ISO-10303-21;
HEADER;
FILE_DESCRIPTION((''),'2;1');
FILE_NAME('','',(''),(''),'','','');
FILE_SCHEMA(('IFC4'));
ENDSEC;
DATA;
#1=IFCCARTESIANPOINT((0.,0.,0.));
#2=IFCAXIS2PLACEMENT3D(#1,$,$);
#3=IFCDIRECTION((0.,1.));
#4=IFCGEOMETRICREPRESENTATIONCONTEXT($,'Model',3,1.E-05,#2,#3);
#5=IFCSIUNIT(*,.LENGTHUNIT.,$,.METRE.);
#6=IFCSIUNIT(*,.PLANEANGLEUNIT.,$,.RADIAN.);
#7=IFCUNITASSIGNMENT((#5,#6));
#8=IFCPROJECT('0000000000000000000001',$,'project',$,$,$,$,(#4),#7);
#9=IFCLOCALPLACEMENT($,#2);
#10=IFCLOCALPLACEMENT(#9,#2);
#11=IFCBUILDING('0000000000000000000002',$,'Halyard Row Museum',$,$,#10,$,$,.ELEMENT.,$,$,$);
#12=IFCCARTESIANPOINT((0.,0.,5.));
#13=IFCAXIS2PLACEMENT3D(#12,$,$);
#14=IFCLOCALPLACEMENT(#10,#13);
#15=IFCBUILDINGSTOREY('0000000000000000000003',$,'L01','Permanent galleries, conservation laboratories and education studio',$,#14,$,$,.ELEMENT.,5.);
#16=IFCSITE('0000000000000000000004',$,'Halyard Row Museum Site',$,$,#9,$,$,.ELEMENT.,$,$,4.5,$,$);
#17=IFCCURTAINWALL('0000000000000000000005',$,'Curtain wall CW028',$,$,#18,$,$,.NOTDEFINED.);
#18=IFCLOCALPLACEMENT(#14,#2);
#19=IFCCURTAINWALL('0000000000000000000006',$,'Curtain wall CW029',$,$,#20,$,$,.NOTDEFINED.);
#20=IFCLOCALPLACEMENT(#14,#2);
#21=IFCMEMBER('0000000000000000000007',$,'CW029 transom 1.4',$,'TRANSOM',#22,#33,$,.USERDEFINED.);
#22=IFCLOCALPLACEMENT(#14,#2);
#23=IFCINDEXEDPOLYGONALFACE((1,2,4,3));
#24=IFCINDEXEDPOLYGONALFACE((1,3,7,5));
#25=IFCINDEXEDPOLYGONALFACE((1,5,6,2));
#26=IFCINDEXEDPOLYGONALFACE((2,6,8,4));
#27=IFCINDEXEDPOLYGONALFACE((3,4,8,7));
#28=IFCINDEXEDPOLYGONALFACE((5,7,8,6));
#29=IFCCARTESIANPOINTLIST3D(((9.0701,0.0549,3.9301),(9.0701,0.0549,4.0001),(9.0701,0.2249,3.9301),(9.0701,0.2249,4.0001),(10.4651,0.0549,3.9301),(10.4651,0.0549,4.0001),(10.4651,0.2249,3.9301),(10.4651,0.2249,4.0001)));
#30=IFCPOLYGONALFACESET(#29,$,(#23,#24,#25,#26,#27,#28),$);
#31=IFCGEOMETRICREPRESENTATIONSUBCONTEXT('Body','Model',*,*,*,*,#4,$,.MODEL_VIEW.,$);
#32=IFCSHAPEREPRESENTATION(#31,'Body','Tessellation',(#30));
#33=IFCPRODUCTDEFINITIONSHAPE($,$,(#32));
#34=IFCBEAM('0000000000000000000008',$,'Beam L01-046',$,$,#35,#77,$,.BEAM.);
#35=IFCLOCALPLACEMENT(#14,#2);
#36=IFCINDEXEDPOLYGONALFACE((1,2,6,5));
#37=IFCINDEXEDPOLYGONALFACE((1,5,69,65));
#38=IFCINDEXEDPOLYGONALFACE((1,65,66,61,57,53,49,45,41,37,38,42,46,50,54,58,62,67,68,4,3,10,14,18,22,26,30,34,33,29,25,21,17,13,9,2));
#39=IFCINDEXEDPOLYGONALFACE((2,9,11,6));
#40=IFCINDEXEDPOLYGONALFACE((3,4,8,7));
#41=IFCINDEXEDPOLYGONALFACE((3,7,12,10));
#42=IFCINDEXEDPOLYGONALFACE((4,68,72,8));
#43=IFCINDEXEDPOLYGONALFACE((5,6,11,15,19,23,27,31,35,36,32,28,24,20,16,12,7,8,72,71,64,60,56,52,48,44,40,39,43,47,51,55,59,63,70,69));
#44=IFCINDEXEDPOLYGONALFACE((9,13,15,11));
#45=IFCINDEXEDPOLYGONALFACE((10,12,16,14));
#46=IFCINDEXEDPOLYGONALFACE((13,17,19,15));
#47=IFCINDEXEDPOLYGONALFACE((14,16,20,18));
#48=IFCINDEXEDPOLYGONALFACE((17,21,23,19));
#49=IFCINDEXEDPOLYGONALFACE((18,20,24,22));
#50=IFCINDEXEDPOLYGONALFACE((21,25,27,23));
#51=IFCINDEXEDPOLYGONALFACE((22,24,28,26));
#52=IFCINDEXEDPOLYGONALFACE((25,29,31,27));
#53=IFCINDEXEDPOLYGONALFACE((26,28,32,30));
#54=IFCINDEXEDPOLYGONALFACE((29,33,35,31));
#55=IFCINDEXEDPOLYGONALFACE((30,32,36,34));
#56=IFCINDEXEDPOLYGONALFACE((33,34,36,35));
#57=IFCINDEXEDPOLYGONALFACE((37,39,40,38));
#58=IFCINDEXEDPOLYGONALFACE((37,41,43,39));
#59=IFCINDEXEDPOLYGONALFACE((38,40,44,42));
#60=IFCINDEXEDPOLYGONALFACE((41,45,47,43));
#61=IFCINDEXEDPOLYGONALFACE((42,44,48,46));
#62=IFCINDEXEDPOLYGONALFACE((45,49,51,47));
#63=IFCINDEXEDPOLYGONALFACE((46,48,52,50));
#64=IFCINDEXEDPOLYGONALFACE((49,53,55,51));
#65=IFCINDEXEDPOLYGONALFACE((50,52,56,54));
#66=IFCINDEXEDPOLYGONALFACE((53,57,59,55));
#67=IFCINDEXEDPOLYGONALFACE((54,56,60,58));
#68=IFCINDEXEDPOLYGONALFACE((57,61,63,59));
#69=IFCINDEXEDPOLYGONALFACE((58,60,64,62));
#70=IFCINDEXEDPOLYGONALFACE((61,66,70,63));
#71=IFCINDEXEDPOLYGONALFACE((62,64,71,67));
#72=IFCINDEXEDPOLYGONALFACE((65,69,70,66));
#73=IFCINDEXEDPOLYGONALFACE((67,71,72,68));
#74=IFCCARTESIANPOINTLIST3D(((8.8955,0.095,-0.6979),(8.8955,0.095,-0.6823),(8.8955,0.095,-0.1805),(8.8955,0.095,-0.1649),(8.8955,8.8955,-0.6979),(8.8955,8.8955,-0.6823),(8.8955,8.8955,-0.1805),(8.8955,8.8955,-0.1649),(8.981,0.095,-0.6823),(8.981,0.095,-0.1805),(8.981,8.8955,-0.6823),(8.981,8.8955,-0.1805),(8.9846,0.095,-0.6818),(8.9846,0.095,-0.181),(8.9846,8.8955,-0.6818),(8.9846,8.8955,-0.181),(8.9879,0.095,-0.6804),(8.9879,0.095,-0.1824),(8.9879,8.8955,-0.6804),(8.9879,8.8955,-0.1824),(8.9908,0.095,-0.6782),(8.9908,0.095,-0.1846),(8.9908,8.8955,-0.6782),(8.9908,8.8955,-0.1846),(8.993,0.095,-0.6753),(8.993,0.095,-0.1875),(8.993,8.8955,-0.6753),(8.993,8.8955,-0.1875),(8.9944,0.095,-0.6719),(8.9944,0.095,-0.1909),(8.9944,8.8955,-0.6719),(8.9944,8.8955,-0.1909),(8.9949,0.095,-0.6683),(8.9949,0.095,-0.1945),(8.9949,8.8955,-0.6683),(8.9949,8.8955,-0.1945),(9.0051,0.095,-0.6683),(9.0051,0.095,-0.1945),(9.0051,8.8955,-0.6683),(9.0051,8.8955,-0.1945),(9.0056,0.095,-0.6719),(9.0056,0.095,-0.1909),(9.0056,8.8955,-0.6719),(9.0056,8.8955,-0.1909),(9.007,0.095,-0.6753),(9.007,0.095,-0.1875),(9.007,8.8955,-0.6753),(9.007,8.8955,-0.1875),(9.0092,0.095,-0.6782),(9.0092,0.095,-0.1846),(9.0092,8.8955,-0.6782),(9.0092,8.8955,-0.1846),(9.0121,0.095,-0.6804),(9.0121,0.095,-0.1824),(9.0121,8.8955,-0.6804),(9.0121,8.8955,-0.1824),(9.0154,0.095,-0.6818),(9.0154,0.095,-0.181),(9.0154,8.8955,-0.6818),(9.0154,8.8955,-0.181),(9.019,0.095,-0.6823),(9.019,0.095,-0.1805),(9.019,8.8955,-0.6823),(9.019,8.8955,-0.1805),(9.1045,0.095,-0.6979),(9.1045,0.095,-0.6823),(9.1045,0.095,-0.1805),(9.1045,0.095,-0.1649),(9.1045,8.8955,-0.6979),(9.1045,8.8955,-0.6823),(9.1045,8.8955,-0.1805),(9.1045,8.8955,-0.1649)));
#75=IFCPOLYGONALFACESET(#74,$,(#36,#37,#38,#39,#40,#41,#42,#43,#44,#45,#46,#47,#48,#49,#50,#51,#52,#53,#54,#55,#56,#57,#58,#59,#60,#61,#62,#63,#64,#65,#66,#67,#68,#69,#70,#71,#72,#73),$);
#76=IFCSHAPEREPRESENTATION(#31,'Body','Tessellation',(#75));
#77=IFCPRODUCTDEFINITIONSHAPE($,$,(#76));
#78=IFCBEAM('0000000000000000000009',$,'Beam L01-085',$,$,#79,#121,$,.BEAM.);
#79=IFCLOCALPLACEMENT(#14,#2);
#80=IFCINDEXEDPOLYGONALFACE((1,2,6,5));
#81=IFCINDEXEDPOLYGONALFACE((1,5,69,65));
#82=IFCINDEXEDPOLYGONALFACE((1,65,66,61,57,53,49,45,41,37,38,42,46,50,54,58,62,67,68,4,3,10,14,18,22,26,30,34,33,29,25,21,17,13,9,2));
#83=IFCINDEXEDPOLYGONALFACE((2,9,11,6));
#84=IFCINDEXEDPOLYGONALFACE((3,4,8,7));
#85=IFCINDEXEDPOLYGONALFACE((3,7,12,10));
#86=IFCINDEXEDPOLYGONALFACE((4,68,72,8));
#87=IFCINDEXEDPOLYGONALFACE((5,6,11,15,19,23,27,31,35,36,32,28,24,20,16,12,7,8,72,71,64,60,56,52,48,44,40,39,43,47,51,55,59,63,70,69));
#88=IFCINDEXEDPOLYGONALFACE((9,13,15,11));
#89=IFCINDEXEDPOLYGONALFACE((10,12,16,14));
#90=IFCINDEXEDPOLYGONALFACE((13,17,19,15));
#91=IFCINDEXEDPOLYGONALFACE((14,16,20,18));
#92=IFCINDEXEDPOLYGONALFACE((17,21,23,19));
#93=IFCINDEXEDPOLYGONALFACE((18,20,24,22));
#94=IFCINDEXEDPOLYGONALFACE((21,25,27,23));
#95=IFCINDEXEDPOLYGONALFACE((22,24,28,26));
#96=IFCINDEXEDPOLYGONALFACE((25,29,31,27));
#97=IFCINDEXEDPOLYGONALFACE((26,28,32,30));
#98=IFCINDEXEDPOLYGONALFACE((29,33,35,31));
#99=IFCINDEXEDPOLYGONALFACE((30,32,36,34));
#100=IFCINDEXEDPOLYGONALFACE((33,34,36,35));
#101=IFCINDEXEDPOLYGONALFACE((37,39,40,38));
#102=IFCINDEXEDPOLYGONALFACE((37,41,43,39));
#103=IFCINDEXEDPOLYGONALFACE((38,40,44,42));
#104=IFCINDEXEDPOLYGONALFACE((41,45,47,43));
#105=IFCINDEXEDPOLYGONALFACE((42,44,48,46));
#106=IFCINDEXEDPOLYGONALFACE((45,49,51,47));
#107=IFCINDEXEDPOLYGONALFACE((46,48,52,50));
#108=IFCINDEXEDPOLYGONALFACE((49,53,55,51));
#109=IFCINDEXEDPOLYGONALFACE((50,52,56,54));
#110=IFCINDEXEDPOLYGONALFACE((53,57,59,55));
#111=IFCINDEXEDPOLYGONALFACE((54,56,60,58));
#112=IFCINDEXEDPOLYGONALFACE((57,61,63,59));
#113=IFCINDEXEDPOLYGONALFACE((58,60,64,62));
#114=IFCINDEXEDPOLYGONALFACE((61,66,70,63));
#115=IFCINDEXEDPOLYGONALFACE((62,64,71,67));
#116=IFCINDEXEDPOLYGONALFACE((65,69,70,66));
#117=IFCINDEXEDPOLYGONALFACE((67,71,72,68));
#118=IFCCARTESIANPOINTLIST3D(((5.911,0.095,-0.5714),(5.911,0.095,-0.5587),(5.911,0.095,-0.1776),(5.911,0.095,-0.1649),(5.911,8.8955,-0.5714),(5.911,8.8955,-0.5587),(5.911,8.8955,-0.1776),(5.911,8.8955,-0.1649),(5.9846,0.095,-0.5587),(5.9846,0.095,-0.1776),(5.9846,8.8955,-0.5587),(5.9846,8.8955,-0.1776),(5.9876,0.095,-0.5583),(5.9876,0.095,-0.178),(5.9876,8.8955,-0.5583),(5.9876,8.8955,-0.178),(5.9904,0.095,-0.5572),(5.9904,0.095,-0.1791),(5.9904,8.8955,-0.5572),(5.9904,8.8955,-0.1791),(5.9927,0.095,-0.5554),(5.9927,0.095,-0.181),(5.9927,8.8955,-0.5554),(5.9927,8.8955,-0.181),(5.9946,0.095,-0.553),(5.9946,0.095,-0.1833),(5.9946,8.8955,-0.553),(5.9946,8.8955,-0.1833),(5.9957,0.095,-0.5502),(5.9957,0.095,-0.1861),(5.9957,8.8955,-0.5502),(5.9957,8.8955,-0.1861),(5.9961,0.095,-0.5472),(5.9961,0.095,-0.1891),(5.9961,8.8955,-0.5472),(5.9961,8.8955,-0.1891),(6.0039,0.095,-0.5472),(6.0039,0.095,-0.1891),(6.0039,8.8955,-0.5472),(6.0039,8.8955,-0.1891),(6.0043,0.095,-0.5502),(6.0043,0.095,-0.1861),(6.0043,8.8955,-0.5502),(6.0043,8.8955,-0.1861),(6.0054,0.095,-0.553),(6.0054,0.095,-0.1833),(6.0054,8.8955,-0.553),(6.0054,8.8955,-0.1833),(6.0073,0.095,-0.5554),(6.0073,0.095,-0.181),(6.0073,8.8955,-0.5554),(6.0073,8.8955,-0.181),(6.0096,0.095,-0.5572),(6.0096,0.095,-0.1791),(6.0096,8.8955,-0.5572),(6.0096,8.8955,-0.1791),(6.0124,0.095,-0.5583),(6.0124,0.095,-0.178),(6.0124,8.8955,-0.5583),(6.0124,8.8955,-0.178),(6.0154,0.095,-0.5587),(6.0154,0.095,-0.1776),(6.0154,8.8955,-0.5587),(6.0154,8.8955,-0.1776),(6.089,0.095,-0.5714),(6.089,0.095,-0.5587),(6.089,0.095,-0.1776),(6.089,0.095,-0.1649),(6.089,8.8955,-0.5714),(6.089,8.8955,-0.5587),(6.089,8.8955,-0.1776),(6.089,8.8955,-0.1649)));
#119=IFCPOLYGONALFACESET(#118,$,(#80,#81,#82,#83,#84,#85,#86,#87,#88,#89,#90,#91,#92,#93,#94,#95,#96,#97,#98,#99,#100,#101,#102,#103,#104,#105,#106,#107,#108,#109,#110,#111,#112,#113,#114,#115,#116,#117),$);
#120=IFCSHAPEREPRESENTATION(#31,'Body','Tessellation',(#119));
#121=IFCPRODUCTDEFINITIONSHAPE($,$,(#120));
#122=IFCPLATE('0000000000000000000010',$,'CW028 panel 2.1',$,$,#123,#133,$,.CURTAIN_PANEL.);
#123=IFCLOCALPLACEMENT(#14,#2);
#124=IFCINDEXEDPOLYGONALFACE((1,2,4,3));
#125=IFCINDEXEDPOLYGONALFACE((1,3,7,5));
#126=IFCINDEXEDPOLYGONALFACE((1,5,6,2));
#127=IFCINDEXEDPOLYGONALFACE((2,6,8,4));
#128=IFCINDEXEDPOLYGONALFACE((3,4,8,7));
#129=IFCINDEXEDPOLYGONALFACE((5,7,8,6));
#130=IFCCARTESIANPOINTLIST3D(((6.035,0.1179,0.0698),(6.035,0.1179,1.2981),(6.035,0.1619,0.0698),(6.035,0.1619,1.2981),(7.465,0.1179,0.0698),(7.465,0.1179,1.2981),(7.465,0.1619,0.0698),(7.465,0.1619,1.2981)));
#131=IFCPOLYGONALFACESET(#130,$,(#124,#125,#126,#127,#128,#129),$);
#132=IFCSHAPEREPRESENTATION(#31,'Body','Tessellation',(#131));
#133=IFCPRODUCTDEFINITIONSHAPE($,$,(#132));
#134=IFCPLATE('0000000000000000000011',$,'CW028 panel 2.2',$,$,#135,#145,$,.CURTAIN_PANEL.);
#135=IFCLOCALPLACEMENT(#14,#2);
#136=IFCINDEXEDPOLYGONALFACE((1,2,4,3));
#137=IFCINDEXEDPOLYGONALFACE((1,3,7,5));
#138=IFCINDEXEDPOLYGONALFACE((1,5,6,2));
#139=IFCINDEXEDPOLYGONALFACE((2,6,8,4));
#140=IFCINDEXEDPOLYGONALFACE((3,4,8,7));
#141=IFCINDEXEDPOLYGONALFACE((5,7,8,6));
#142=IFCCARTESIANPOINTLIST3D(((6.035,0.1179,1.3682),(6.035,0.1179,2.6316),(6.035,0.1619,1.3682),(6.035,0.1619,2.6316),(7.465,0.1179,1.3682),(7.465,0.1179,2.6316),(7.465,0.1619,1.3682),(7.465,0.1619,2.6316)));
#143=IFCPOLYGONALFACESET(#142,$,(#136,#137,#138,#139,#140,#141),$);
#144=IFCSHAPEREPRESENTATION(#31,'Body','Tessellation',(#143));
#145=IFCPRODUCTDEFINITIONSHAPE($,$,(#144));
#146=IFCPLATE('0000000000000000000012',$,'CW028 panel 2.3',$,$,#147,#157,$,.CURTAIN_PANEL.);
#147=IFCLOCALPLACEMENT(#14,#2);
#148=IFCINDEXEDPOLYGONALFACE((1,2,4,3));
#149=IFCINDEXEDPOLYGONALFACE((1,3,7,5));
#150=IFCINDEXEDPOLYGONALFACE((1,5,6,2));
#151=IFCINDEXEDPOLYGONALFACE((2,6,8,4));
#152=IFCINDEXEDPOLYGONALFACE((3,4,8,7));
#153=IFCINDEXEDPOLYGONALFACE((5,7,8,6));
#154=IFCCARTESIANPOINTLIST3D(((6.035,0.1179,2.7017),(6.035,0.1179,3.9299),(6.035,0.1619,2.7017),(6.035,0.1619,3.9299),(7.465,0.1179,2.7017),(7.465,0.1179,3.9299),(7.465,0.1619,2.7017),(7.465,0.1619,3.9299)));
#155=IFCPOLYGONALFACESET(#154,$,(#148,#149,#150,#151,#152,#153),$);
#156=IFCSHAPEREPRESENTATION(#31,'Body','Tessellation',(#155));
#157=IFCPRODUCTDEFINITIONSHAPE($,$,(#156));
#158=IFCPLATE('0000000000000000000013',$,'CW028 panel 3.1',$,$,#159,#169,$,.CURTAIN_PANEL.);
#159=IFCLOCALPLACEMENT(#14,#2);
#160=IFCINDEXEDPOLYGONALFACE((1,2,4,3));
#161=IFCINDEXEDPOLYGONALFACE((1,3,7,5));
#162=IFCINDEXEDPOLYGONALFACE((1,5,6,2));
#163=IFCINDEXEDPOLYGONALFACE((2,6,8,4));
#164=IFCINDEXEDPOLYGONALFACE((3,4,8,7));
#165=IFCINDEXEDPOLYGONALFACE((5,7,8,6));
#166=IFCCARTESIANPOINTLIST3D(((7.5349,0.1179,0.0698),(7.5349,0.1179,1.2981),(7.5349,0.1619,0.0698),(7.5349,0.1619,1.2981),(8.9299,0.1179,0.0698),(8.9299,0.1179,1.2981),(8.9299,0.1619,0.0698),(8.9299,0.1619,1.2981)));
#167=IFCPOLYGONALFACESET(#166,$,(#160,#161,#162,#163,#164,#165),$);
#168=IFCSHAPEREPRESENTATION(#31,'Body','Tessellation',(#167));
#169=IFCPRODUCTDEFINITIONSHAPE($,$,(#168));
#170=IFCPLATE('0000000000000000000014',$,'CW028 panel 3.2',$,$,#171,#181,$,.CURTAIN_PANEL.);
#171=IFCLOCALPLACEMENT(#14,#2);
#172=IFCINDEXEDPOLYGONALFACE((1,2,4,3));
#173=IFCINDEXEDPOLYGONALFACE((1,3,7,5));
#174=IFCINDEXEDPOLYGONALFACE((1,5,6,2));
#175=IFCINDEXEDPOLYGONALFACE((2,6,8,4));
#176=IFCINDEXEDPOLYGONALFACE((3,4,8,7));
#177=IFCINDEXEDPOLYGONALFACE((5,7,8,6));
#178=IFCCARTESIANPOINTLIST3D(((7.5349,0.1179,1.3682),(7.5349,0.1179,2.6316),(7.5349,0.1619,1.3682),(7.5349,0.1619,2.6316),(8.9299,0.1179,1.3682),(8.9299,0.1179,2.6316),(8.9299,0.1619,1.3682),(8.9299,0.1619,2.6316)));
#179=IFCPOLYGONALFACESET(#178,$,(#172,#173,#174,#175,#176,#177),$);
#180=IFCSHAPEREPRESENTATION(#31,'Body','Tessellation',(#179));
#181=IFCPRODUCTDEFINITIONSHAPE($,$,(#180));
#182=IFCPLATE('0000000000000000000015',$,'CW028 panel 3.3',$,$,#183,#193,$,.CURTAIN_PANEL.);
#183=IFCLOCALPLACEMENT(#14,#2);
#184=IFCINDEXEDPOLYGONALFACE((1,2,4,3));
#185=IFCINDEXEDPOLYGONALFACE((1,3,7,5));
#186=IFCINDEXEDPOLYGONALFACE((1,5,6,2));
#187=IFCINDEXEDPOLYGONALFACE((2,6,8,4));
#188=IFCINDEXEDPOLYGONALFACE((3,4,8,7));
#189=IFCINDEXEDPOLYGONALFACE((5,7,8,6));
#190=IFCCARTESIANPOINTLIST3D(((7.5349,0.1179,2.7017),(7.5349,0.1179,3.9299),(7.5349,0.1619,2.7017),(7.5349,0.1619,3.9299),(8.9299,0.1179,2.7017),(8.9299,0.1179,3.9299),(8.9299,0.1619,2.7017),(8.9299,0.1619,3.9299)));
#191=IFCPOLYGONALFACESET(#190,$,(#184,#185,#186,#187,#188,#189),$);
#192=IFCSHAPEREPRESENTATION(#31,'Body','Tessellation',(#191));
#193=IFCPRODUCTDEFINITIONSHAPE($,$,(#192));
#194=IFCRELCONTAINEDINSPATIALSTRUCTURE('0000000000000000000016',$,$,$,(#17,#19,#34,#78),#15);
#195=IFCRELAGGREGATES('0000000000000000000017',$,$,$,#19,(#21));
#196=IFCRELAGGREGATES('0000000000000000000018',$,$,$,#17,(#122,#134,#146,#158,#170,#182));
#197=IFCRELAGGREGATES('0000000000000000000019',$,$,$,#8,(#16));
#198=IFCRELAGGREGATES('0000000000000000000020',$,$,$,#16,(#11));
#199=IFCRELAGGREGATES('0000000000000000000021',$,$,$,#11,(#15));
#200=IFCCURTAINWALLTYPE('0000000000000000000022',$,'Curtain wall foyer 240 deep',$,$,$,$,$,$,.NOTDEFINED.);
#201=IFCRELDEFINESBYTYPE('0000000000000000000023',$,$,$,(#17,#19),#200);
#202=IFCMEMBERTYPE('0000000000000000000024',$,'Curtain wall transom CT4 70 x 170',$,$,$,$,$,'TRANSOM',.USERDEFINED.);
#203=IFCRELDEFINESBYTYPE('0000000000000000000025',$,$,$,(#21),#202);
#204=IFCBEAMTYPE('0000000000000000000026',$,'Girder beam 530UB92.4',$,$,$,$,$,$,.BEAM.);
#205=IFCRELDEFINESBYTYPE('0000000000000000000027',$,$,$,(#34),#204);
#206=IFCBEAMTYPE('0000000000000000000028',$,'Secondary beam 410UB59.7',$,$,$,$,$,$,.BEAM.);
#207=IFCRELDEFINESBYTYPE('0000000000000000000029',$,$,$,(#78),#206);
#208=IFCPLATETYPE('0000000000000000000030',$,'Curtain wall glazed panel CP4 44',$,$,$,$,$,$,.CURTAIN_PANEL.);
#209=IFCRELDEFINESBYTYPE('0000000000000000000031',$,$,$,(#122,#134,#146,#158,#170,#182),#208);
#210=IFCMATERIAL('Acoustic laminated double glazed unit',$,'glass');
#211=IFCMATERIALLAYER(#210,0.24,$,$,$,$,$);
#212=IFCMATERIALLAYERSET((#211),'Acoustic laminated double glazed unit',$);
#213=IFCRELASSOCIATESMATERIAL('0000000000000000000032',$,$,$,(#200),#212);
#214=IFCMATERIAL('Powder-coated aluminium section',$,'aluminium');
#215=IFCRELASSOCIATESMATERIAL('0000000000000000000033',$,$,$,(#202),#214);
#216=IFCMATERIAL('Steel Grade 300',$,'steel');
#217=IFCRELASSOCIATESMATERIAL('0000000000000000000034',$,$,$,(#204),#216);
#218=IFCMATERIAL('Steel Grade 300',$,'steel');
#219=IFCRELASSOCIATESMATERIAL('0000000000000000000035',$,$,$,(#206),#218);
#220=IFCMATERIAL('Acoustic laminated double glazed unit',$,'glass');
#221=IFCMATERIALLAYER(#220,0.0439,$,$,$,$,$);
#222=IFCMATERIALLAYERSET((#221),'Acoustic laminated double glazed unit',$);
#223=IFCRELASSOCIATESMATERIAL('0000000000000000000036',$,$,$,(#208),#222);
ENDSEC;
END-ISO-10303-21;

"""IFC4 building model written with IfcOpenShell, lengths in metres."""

from ifc_helpers import new_model, si_unit, direction, frame, origin, origin_2d, place, context, subcontext, project, spatial, rectangle, i_section, extrude, material, layer, layer_set, material_profile, profile_set, type_object, element, aggregate, save


model = new_model("IFC4")

# Units and contexts
model_context = context("Model", 3, precision=1e-05, world=origin(), true_north=direction((0.0, 1.0)))
body_context = subcontext(model_context, "Body", "Model", "MODEL_VIEW")
ifc_project = project(units=[si_unit("LENGTHUNIT", "METRE"), si_unit("PLANEANGLEUNIT", "RADIAN")], contexts=[model_context])

# Site, building, storey
site_placement = place(None, origin())
site = spatial("IfcSite", under=ifc_project, at=site_placement, Name="Halyard Row Museum Site", CompositionType="ELEMENT", RefElevation=4.5)
building_placement = place(site_placement, origin())
building = spatial("IfcBuilding", under=site, at=building_placement, Name="Halyard Row Museum", CompositionType="ELEMENT")
storey_placement = place(building_placement, frame((0.0, 0.0, 5.0)))
storey = spatial("IfcBuildingStorey", under=building, at=storey_placement, Name="L01", Description="Permanent galleries, conservation laboratories and education studio", CompositionType="ELEMENT", Elevation=5.0)

# Curtain wall
ifc_material_1 = material(Name="Acoustic laminated double glazed unit", Category="glass")
ifc_layer_1 = layer(ifc_material_1, 0.24)
ifc_layer_set_1 = layer_set([ifc_layer_1], Name="Acoustic laminated double glazed unit")
curtain_wall_type = type_object("IfcCurtainWallType", Name="Curtain wall foyer 240 deep", PredefinedType="NOTDEFINED", material=ifc_layer_set_1)
curtain_wall_1_placement = place(storey_placement, origin())
curtain_wall_1 = element("IfcCurtainWall", 1, at=curtain_wall_1_placement, inside=storey, type_object=curtain_wall_type, Name="Curtain wall CW028", PredefinedType="NOTDEFINED")

# Curtain wall
curtain_wall_2_placement = place(storey_placement, origin())
curtain_wall_2 = element("IfcCurtainWall", 2, at=curtain_wall_2_placement, inside=storey, type_object=curtain_wall_type, Name="Curtain wall CW029", PredefinedType="NOTDEFINED")

# Member
ifc_material_2 = material(Name="Powder-coated aluminium section", Category="aluminium")
ifc_material_profile_1 = material_profile(ifc_material_2, rectangle(XDim=0.1699, YDim=0.0701, at=origin_2d()), Name="170x70 transom")
ifc_profile_set_1 = profile_set([ifc_material_profile_1], Name="Powder-coated aluminium section")
member_type_1 = type_object("IfcMemberType", Name="Curtain wall transom CT4 70 x 170", ElementType="TRANSOM", PredefinedType="USERDEFINED", material=ifc_profile_set_1)
member_1_placement = place(storey_placement, frame((9.0701, 0.1399, 3.9651), z_axis=(1.0, 0.0, 0.0), x_axis=(0.0, 1.0, 0.0)))
member_1 = element("IfcMember", 3, at=member_1_placement, type_object=member_type_1, Name="CW029 transom 1.4", ObjectType="TRANSOM", PredefinedType="USERDEFINED", context=body_context, shape_type="SweptSolid", body=[
    extrude(rectangle(XDim=0.1699, YDim=0.0701, at=origin_2d()), origin(), (0.0, 0.0, 1.0), 1.395),
])
aggregate(curtain_wall_2, [member_1])

# Beams
ifc_material_3 = material(Name="Steel Grade 300", Category="steel")
ifc_material_profile_2 = material_profile(ifc_material_3, i_section(OverallWidth=0.209, OverallDepth=0.533, WebThickness=0.0103, FlangeThickness=0.0156, FilletRadius=0.0139, at=origin_2d()), Name="530UB92.4")
ifc_profile_set_2 = profile_set([ifc_material_profile_2], Name="Steel Grade 300")
beam_type_1 = type_object("IfcBeamType", Name="Girder beam 530UB92.4", PredefinedType="BEAM", material=ifc_profile_set_2)
beam_1_placement = place(storey_placement, frame((9.0, 0.095, -0.4314), z_axis=(0.0, 1.0, 0.0), x_axis=(-1.0, 0.0, 0.0)))
element("IfcBeam", 4, at=beam_1_placement, inside=storey, type_object=beam_type_1, Name="Beam L01-046", PredefinedType="BEAM", context=body_context, shape_type="SweptSolid", body=[
    extrude(i_section(OverallWidth=0.209, OverallDepth=0.533, WebThickness=0.0103, FlangeThickness=0.0156, FilletRadius=0.0139, at=origin_2d()), origin(), (0.0, 0.0, 1.0), 8.8005),
])
ifc_material_4 = material(Name="Steel Grade 300", Category="steel")
ifc_material_profile_3 = material_profile(ifc_material_4, i_section(OverallWidth=0.178, OverallDepth=0.4065, WebThickness=0.0078, FlangeThickness=0.0127, FilletRadius=0.0115, at=origin_2d()), Name="410UB59.7")
ifc_profile_set_3 = profile_set([ifc_material_profile_3], Name="Steel Grade 300")
beam_type_2 = type_object("IfcBeamType", Name="Secondary beam 410UB59.7", PredefinedType="BEAM", material=ifc_profile_set_3)
beam_2_placement = place(storey_placement, frame((6.0, 0.095, -0.3682), z_axis=(0.0, 1.0, 0.0), x_axis=(-1.0, 0.0, 0.0)))
element("IfcBeam", 5, at=beam_2_placement, inside=storey, type_object=beam_type_2, Name="Beam L01-085", PredefinedType="BEAM", context=body_context, shape_type="SweptSolid", body=[
    extrude(i_section(OverallWidth=0.178, OverallDepth=0.4065, WebThickness=0.0078, FlangeThickness=0.0127, FilletRadius=0.0115, at=origin_2d()), origin(), (0.0, 0.0, 1.0), 8.8005),
])

# Plates
ifc_material_5 = material(Name="Acoustic laminated double glazed unit", Category="glass")
ifc_layer_2 = layer(ifc_material_5, 0.0439)
ifc_layer_set_2 = layer_set([ifc_layer_2], Name="Acoustic laminated double glazed unit")
plate_type = type_object("IfcPlateType", Name="Curtain wall glazed panel CP4 44", PredefinedType="CURTAIN_PANEL", material=ifc_layer_set_2)
plate_1_placement = place(storey_placement, frame((6.75, 0.1399, 0.0698), z_axis=(0.0, 0.0, 1.0), x_axis=(1.0, 0.0, 0.0)))
plate_1 = element("IfcPlate", 6, at=plate_1_placement, type_object=plate_type, Name="CW028 panel 2.1", PredefinedType="CURTAIN_PANEL", context=body_context, shape_type="SweptSolid", body=[
    extrude(rectangle(XDim=1.4299, YDim=0.0439, at=origin_2d()), origin(), (0.0, 0.0, 1.0), 1.2283),
])
plate_2_placement = place(storey_placement, frame((6.75, 0.1399, 1.3682), z_axis=(0.0, 0.0, 1.0), x_axis=(1.0, 0.0, 0.0)))
plate_2 = element("IfcPlate", 7, at=plate_2_placement, type_object=plate_type, Name="CW028 panel 2.2", PredefinedType="CURTAIN_PANEL", context=body_context, shape_type="SweptSolid", body=[
    extrude(rectangle(XDim=1.4299, YDim=0.0439, at=origin_2d()), origin(), (0.0, 0.0, 1.0), 1.2634),
])
plate_3_placement = place(storey_placement, frame((6.75, 0.1399, 2.7017), z_axis=(0.0, 0.0, 1.0), x_axis=(1.0, 0.0, 0.0)))
plate_3 = element("IfcPlate", 8, at=plate_3_placement, type_object=plate_type, Name="CW028 panel 2.3", PredefinedType="CURTAIN_PANEL", context=body_context, shape_type="SweptSolid", body=[
    extrude(rectangle(XDim=1.4299, YDim=0.0439, at=origin_2d()), origin(), (0.0, 0.0, 1.0), 1.2283),
])
plate_4_placement = place(storey_placement, frame((8.2324, 0.1399, 0.0698), z_axis=(0.0, 0.0, 1.0), x_axis=(1.0, 0.0, 0.0)))
plate_4 = element("IfcPlate", 9, at=plate_4_placement, type_object=plate_type, Name="CW028 panel 3.1", PredefinedType="CURTAIN_PANEL", context=body_context, shape_type="SweptSolid", body=[
    extrude(rectangle(XDim=1.395, YDim=0.0439, at=origin_2d()), origin(), (0.0, 0.0, 1.0), 1.2283),
])
plate_5_placement = place(storey_placement, frame((8.2324, 0.1399, 1.3682), z_axis=(0.0, 0.0, 1.0), x_axis=(1.0, 0.0, 0.0)))
plate_5 = element("IfcPlate", 10, at=plate_5_placement, type_object=plate_type, Name="CW028 panel 3.2", PredefinedType="CURTAIN_PANEL", context=body_context, shape_type="SweptSolid", body=[
    extrude(rectangle(XDim=1.395, YDim=0.0439, at=origin_2d()), origin(), (0.0, 0.0, 1.0), 1.2634),
])
plate_6_placement = place(storey_placement, frame((8.2324, 0.1399, 2.7017), z_axis=(0.0, 0.0, 1.0), x_axis=(1.0, 0.0, 0.0)))
plate_6 = element("IfcPlate", 11, at=plate_6_placement, type_object=plate_type, Name="CW028 panel 3.3", PredefinedType="CURTAIN_PANEL", context=body_context, shape_type="SweptSolid", body=[
    extrude(rectangle(XDim=1.395, YDim=0.0439, at=origin_2d()), origin(), (0.0, 0.0, 1.0), 1.2283),
])
aggregate(curtain_wall_1, [plate_1, plate_2, plate_3, plate_4, plate_5, plate_6])

save(model, "model.ifc")
